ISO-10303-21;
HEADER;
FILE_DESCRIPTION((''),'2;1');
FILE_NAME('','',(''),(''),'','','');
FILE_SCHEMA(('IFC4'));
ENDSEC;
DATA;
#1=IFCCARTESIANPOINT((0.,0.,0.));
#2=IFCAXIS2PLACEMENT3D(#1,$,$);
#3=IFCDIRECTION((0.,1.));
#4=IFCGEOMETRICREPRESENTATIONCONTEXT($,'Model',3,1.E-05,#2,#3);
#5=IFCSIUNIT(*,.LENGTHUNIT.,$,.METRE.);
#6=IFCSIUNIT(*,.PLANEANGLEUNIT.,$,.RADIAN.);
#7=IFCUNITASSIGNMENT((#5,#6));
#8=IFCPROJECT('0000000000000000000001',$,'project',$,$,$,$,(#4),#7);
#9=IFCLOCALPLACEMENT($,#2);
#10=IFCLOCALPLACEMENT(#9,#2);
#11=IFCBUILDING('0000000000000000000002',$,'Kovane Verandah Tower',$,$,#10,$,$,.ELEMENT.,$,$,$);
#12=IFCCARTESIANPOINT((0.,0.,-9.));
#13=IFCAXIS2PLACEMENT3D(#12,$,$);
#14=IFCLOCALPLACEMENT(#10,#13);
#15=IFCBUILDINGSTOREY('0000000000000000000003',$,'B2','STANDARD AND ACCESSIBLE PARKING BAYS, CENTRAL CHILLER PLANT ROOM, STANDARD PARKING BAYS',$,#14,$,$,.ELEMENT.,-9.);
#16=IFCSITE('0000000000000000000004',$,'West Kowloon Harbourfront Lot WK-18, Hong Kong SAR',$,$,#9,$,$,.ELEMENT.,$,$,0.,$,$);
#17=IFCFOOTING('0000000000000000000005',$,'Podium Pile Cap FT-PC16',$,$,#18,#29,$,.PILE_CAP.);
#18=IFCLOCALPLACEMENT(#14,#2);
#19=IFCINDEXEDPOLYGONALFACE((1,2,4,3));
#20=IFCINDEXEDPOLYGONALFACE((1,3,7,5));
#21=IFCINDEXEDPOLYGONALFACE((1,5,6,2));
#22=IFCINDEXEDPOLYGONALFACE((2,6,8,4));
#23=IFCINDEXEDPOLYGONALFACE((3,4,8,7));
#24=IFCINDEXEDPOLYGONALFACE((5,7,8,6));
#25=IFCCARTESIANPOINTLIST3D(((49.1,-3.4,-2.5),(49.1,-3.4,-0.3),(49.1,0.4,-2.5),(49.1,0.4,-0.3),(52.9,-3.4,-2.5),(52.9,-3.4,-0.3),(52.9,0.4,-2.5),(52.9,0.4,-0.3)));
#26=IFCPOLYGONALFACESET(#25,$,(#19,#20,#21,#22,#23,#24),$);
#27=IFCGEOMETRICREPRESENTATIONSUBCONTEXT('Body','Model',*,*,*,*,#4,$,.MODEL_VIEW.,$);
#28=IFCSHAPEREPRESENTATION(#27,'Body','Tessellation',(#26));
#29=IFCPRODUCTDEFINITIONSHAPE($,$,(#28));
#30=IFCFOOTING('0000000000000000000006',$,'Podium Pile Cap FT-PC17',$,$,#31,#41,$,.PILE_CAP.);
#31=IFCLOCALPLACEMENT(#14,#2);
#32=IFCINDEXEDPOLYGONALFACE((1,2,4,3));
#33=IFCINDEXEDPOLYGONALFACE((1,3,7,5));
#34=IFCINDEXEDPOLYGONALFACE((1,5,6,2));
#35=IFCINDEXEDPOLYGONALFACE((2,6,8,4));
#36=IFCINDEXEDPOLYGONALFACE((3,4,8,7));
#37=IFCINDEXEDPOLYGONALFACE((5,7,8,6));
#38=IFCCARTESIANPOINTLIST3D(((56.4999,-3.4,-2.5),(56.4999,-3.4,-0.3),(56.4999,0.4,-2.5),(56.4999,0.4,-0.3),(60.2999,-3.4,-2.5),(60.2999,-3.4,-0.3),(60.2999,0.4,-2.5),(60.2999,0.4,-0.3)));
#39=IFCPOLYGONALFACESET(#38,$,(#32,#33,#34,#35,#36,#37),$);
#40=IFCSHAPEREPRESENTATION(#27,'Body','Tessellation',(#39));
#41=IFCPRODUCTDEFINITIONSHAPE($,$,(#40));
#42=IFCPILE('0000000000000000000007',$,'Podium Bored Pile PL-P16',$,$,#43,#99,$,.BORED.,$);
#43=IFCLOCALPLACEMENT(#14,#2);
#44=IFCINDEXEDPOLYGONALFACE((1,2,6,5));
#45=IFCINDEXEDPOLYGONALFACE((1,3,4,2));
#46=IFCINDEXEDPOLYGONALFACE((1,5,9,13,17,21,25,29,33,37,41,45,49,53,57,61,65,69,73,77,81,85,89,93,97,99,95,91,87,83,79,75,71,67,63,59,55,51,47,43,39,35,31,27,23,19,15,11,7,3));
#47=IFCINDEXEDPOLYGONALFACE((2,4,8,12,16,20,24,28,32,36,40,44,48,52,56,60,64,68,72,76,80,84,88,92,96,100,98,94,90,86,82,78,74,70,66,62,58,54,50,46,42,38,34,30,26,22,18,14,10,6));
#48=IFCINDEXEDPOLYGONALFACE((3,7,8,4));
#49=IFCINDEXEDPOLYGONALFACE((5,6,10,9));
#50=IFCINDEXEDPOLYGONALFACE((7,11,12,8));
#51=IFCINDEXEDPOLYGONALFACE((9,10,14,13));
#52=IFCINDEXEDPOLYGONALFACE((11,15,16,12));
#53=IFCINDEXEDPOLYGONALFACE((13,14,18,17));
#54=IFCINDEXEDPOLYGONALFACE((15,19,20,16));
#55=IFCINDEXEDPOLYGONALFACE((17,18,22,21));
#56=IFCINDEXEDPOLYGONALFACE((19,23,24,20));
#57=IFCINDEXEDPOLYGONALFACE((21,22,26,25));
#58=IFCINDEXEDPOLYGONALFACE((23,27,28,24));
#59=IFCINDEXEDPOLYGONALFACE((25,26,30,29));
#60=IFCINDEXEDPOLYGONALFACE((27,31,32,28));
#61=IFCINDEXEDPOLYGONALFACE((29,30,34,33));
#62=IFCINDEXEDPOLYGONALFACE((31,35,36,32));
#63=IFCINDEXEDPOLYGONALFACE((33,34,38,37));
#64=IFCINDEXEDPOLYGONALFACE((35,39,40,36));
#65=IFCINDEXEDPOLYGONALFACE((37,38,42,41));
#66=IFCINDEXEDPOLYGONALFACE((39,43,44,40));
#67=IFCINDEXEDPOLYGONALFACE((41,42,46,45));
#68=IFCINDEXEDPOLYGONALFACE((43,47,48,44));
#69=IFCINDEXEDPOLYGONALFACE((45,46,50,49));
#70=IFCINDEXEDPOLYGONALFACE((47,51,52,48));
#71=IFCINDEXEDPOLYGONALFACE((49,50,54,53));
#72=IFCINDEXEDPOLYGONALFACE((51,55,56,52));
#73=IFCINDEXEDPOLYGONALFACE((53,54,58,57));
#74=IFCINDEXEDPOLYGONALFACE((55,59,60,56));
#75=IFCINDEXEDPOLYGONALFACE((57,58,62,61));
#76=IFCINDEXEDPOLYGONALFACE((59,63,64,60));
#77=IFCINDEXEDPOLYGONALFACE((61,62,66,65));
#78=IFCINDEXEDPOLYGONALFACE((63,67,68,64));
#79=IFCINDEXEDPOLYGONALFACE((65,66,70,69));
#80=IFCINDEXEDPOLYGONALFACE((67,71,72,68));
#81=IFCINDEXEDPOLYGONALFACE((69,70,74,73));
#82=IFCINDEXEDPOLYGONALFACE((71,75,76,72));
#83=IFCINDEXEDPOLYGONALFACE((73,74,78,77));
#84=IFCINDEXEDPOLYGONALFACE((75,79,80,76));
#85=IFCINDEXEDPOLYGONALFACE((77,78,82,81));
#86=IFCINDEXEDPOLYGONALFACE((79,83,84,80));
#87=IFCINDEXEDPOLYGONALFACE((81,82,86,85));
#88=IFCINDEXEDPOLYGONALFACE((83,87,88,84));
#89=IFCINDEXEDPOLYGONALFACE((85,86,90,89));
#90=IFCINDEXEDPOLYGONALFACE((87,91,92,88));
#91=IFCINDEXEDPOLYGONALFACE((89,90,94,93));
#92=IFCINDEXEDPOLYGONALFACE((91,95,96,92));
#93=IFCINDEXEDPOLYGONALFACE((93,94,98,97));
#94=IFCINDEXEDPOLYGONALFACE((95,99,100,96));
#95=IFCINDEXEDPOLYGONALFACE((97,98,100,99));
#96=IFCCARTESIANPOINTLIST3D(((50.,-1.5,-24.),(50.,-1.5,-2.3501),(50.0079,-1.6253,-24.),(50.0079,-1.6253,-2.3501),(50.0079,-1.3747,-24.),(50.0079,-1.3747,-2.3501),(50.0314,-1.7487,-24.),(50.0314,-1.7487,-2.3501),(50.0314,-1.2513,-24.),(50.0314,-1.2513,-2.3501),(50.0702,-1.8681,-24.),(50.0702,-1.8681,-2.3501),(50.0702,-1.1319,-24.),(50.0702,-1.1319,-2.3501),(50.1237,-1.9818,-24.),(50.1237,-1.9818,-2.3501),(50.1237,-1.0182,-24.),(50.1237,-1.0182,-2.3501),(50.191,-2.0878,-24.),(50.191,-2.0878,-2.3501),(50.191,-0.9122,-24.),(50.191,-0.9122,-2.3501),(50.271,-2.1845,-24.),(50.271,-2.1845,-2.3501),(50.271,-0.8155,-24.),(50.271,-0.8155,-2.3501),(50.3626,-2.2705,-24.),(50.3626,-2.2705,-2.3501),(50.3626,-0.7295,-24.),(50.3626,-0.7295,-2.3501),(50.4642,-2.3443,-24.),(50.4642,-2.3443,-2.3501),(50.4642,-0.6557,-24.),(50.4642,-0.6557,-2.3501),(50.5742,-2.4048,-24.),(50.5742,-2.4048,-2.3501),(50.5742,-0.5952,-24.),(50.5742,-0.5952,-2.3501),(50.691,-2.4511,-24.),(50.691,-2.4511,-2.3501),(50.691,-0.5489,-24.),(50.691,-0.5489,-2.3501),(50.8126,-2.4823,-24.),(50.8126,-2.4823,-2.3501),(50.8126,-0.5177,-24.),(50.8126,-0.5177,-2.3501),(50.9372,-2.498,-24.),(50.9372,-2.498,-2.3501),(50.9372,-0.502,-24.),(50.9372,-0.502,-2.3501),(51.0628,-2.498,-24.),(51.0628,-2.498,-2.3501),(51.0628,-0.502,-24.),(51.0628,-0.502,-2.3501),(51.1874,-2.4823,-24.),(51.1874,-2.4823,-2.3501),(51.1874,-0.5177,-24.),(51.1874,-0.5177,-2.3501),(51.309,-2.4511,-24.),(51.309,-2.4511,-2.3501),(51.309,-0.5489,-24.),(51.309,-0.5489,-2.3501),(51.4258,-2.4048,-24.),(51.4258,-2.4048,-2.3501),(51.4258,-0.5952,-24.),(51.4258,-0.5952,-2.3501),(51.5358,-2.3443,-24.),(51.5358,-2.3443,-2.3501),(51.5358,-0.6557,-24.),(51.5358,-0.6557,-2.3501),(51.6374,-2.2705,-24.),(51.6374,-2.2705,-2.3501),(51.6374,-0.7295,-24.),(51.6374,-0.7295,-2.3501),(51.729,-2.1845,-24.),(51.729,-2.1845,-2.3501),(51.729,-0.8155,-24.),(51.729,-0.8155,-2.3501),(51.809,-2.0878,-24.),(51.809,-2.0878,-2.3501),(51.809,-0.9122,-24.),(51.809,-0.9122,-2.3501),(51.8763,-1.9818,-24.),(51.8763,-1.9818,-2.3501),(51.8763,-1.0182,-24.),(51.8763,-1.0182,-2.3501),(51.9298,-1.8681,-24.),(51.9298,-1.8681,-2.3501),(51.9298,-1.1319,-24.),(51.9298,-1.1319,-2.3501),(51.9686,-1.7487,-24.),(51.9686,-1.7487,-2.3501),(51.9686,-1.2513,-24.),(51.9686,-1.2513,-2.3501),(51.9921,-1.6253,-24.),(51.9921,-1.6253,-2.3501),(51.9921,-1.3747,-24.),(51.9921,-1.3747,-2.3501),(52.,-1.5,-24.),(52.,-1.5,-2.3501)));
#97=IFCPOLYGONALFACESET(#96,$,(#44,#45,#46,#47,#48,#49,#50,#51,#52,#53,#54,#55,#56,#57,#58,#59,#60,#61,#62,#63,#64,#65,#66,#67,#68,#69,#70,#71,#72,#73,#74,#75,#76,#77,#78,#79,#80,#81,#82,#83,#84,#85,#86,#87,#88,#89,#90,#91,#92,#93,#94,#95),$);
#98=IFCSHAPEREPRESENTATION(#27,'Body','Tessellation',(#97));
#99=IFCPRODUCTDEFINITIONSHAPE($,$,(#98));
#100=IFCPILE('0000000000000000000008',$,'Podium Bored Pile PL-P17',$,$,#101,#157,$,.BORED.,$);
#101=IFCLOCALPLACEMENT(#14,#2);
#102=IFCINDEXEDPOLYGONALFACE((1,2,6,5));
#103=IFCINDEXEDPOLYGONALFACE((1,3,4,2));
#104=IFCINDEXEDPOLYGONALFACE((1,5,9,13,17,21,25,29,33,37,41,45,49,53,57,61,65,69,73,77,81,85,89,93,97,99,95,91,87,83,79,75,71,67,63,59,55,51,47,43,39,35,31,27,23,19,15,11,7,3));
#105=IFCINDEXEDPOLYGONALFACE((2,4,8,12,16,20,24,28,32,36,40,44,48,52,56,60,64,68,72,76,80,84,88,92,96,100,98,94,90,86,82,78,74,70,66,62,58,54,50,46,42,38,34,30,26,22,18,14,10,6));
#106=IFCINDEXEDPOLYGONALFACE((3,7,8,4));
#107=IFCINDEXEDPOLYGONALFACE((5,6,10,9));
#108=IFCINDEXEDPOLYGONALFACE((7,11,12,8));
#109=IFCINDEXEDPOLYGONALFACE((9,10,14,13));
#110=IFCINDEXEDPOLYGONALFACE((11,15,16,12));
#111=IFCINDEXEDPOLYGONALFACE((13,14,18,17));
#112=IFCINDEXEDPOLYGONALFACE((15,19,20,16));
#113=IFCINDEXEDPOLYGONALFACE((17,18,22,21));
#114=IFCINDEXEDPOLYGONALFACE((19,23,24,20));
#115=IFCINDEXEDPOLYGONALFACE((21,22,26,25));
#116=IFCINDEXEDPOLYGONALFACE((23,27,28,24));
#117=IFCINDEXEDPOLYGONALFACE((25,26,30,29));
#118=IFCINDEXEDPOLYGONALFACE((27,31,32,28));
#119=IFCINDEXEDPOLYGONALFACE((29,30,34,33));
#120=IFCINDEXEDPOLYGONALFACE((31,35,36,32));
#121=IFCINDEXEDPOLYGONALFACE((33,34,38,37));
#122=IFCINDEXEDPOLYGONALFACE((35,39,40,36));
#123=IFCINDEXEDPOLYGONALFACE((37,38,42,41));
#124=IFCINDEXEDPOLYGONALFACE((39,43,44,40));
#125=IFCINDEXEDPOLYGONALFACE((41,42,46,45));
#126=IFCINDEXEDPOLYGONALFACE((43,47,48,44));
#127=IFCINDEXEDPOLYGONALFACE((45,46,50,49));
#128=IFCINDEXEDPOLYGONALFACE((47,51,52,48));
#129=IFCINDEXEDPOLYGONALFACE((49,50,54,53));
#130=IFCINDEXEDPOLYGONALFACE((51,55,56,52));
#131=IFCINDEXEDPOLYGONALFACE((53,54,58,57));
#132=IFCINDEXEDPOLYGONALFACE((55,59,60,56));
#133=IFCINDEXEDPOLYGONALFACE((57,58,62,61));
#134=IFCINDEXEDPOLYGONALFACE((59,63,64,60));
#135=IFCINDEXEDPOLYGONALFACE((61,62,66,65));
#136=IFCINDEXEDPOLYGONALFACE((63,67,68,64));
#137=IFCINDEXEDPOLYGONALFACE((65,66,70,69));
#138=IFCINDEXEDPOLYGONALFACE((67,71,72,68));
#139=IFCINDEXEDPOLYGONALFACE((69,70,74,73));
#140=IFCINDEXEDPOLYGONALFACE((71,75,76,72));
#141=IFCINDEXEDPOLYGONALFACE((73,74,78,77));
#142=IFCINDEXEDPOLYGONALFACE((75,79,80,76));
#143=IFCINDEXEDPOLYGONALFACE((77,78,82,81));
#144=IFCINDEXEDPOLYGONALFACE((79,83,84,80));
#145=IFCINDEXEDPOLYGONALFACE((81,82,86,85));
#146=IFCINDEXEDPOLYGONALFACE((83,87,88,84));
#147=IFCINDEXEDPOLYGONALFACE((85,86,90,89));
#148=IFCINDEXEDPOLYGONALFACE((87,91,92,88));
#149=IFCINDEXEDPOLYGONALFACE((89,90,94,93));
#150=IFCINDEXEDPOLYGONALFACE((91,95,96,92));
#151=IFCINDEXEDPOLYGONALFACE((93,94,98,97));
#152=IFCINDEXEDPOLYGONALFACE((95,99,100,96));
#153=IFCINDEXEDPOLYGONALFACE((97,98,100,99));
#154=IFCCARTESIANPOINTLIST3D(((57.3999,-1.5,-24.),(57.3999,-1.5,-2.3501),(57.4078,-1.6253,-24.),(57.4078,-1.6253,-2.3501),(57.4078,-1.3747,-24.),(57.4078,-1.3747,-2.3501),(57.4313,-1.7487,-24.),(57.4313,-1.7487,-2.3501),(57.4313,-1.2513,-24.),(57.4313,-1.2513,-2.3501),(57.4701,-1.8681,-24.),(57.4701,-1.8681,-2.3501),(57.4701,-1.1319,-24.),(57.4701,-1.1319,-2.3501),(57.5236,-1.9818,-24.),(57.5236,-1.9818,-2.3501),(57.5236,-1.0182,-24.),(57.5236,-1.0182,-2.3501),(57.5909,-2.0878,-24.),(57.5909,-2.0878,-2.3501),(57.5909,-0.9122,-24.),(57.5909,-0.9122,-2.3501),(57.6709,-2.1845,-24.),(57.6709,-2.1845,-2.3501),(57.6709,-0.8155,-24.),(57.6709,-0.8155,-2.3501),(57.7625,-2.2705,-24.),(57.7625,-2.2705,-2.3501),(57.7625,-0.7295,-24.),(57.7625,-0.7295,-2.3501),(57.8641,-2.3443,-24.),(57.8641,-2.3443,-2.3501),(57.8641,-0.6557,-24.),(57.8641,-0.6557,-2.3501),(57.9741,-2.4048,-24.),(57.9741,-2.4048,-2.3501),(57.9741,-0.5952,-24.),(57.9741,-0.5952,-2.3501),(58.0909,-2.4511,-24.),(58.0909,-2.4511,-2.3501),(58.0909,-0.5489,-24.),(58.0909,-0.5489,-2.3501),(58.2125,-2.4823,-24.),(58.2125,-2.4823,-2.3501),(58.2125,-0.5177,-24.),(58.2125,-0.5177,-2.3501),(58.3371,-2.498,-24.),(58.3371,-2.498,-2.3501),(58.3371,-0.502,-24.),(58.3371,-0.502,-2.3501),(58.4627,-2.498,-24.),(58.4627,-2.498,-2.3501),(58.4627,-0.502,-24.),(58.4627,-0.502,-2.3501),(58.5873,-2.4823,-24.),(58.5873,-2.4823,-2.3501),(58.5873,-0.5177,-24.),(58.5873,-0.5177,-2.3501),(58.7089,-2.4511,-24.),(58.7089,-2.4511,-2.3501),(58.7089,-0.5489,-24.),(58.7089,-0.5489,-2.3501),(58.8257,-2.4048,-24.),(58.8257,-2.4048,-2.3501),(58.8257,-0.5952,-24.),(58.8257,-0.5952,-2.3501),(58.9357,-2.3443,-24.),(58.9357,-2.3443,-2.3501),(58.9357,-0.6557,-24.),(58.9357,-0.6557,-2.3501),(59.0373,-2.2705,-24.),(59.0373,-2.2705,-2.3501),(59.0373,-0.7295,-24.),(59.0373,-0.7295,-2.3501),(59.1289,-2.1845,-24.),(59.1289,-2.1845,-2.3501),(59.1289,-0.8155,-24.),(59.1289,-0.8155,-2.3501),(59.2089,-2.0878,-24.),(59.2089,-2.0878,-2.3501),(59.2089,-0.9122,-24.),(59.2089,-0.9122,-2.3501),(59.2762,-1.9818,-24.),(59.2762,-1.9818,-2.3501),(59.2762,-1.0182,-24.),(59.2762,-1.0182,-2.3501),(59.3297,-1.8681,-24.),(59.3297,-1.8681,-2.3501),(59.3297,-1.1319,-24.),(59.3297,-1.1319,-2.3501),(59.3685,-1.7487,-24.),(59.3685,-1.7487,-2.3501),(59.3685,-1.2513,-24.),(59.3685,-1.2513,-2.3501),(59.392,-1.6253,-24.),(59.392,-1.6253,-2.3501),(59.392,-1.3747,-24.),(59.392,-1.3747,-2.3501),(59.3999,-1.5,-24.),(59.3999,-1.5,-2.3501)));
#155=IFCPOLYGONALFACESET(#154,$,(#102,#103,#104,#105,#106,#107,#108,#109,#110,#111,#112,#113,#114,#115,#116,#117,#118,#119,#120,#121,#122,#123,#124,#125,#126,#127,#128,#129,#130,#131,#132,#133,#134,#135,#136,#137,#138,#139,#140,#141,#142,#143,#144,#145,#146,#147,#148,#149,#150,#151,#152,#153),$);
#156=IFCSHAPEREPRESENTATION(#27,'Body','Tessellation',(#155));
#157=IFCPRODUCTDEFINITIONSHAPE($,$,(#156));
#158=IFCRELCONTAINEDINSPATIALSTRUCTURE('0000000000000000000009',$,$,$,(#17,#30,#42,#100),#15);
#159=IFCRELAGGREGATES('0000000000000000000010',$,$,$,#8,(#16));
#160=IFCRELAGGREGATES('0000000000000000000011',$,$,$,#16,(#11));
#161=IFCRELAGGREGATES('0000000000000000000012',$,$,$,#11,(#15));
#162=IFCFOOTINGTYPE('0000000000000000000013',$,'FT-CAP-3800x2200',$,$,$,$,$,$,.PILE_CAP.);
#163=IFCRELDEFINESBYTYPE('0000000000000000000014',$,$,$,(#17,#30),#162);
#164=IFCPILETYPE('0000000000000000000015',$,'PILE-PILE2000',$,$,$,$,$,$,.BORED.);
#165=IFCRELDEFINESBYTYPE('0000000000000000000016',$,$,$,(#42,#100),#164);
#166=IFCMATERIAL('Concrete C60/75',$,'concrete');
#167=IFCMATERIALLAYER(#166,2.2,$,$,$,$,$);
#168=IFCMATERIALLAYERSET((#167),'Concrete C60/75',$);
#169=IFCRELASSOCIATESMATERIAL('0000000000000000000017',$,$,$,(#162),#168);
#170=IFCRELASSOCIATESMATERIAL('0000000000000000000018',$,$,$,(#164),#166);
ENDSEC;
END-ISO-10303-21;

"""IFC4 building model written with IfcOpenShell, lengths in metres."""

from ifc_helpers import new_model, si_unit, direction, frame, origin, origin_2d, place, context, subcontext, project, spatial, rectangle, circle, extrude, material, layer, layer_set, material_profile, profile_set, type_object, element, save


model = new_model("IFC4")

# Units and contexts
model_context = context("Model", 3, precision=1e-05, world=origin(), true_north=direction((0.0, 1.0)))
body_context = subcontext(model_context, "Body", "Model", "MODEL_VIEW")
ifc_project = project(units=[si_unit("LENGTHUNIT", "METRE"), si_unit("PLANEANGLEUNIT", "RADIAN")], contexts=[model_context])

# Site, building, storey
site_placement = place(None, origin())
site = spatial("IfcSite", under=ifc_project, at=site_placement, Name="West Kowloon Harbourfront Lot WK-18, Hong Kong SAR", CompositionType="ELEMENT", RefElevation=0.0)
building_placement = place(site_placement, origin())
building = spatial("IfcBuilding", under=site, at=building_placement, Name="Kovane Verandah Tower", CompositionType="ELEMENT")
storey_placement = place(building_placement, frame((0.0, 0.0, -9.0)))
storey = spatial("IfcBuildingStorey", under=building, at=storey_placement, Name="B2", Description="STANDARD AND ACCESSIBLE PARKING BAYS, CENTRAL CHILLER PLANT ROOM, STANDARD PARKING BAYS", CompositionType="ELEMENT", Elevation=-9.0)

# Footings
ifc_material_1 = material(Name="Concrete C60/75", Category="concrete")
ifc_layer_1 = layer(ifc_material_1, 2.2)
ifc_layer_set_1 = layer_set([ifc_layer_1], Name="Concrete C60/75")
footing_type = type_object("IfcFootingType", Name="FT-CAP-3800x2200", PredefinedType="PILE_CAP", material=ifc_layer_set_1)
for number, where, z_axis, x_axis, name in (
    (1, (51.0, -1.5, -2.5), (0.0, 0.0, 1.0), (1.0, 0.0, 0.0), "Podium Pile Cap FT-PC16"),
    (2, (58.3999, -1.5, -2.5), (0.0, 0.0, 1.0), (1.0, 0.0, 0.0), "Podium Pile Cap FT-PC17"),
):
    element("IfcFooting", number, at=place(storey_placement, frame(where, z_axis=z_axis, x_axis=x_axis)), inside=storey, type_object=footing_type, Name=name, PredefinedType="PILE_CAP", context=body_context, shape_type="SweptSolid", body=[
        extrude(rectangle(XDim=3.8, YDim=3.8, at=origin_2d()), origin(), (0.0, 0.0, 1.0), 2.2),
    ])

# Piles
ifc_material_profile_1 = material_profile(ifc_material_1, circle(Radius=1.0, at=origin_2d()), Name="PILE2000")
ifc_profile_set_1 = profile_set([ifc_material_profile_1], Name="Concrete C60/75")
pile_type_1 = type_object("IfcPileType", Name="PILE-PILE2000", PredefinedType="BORED", material=ifc_profile_set_1)
for number, where, z_axis, x_axis, name in (
    (3, (51.0, -1.5, -2.3501), (0.0, 0.0, -1.0), (1.0, 0.0, 0.0), "Podium Bored Pile PL-P16"),
    (4, (58.3999, -1.5, -2.3501), (0.0, 0.0, -1.0), (1.0, 0.0, 0.0), "Podium Bored Pile PL-P17"),
):
    element("IfcPile", number, at=place(storey_placement, frame(where, z_axis=z_axis, x_axis=x_axis)), inside=storey, type_object=pile_type_1, Name=name, PredefinedType="BORED", context=body_context, shape_type="SweptSolid", body=[
        extrude(circle(Radius=1.0, at=origin_2d()), origin(), (0.0, 0.0, 1.0), 21.6499),
    ])

save(model, "model.ifc")
